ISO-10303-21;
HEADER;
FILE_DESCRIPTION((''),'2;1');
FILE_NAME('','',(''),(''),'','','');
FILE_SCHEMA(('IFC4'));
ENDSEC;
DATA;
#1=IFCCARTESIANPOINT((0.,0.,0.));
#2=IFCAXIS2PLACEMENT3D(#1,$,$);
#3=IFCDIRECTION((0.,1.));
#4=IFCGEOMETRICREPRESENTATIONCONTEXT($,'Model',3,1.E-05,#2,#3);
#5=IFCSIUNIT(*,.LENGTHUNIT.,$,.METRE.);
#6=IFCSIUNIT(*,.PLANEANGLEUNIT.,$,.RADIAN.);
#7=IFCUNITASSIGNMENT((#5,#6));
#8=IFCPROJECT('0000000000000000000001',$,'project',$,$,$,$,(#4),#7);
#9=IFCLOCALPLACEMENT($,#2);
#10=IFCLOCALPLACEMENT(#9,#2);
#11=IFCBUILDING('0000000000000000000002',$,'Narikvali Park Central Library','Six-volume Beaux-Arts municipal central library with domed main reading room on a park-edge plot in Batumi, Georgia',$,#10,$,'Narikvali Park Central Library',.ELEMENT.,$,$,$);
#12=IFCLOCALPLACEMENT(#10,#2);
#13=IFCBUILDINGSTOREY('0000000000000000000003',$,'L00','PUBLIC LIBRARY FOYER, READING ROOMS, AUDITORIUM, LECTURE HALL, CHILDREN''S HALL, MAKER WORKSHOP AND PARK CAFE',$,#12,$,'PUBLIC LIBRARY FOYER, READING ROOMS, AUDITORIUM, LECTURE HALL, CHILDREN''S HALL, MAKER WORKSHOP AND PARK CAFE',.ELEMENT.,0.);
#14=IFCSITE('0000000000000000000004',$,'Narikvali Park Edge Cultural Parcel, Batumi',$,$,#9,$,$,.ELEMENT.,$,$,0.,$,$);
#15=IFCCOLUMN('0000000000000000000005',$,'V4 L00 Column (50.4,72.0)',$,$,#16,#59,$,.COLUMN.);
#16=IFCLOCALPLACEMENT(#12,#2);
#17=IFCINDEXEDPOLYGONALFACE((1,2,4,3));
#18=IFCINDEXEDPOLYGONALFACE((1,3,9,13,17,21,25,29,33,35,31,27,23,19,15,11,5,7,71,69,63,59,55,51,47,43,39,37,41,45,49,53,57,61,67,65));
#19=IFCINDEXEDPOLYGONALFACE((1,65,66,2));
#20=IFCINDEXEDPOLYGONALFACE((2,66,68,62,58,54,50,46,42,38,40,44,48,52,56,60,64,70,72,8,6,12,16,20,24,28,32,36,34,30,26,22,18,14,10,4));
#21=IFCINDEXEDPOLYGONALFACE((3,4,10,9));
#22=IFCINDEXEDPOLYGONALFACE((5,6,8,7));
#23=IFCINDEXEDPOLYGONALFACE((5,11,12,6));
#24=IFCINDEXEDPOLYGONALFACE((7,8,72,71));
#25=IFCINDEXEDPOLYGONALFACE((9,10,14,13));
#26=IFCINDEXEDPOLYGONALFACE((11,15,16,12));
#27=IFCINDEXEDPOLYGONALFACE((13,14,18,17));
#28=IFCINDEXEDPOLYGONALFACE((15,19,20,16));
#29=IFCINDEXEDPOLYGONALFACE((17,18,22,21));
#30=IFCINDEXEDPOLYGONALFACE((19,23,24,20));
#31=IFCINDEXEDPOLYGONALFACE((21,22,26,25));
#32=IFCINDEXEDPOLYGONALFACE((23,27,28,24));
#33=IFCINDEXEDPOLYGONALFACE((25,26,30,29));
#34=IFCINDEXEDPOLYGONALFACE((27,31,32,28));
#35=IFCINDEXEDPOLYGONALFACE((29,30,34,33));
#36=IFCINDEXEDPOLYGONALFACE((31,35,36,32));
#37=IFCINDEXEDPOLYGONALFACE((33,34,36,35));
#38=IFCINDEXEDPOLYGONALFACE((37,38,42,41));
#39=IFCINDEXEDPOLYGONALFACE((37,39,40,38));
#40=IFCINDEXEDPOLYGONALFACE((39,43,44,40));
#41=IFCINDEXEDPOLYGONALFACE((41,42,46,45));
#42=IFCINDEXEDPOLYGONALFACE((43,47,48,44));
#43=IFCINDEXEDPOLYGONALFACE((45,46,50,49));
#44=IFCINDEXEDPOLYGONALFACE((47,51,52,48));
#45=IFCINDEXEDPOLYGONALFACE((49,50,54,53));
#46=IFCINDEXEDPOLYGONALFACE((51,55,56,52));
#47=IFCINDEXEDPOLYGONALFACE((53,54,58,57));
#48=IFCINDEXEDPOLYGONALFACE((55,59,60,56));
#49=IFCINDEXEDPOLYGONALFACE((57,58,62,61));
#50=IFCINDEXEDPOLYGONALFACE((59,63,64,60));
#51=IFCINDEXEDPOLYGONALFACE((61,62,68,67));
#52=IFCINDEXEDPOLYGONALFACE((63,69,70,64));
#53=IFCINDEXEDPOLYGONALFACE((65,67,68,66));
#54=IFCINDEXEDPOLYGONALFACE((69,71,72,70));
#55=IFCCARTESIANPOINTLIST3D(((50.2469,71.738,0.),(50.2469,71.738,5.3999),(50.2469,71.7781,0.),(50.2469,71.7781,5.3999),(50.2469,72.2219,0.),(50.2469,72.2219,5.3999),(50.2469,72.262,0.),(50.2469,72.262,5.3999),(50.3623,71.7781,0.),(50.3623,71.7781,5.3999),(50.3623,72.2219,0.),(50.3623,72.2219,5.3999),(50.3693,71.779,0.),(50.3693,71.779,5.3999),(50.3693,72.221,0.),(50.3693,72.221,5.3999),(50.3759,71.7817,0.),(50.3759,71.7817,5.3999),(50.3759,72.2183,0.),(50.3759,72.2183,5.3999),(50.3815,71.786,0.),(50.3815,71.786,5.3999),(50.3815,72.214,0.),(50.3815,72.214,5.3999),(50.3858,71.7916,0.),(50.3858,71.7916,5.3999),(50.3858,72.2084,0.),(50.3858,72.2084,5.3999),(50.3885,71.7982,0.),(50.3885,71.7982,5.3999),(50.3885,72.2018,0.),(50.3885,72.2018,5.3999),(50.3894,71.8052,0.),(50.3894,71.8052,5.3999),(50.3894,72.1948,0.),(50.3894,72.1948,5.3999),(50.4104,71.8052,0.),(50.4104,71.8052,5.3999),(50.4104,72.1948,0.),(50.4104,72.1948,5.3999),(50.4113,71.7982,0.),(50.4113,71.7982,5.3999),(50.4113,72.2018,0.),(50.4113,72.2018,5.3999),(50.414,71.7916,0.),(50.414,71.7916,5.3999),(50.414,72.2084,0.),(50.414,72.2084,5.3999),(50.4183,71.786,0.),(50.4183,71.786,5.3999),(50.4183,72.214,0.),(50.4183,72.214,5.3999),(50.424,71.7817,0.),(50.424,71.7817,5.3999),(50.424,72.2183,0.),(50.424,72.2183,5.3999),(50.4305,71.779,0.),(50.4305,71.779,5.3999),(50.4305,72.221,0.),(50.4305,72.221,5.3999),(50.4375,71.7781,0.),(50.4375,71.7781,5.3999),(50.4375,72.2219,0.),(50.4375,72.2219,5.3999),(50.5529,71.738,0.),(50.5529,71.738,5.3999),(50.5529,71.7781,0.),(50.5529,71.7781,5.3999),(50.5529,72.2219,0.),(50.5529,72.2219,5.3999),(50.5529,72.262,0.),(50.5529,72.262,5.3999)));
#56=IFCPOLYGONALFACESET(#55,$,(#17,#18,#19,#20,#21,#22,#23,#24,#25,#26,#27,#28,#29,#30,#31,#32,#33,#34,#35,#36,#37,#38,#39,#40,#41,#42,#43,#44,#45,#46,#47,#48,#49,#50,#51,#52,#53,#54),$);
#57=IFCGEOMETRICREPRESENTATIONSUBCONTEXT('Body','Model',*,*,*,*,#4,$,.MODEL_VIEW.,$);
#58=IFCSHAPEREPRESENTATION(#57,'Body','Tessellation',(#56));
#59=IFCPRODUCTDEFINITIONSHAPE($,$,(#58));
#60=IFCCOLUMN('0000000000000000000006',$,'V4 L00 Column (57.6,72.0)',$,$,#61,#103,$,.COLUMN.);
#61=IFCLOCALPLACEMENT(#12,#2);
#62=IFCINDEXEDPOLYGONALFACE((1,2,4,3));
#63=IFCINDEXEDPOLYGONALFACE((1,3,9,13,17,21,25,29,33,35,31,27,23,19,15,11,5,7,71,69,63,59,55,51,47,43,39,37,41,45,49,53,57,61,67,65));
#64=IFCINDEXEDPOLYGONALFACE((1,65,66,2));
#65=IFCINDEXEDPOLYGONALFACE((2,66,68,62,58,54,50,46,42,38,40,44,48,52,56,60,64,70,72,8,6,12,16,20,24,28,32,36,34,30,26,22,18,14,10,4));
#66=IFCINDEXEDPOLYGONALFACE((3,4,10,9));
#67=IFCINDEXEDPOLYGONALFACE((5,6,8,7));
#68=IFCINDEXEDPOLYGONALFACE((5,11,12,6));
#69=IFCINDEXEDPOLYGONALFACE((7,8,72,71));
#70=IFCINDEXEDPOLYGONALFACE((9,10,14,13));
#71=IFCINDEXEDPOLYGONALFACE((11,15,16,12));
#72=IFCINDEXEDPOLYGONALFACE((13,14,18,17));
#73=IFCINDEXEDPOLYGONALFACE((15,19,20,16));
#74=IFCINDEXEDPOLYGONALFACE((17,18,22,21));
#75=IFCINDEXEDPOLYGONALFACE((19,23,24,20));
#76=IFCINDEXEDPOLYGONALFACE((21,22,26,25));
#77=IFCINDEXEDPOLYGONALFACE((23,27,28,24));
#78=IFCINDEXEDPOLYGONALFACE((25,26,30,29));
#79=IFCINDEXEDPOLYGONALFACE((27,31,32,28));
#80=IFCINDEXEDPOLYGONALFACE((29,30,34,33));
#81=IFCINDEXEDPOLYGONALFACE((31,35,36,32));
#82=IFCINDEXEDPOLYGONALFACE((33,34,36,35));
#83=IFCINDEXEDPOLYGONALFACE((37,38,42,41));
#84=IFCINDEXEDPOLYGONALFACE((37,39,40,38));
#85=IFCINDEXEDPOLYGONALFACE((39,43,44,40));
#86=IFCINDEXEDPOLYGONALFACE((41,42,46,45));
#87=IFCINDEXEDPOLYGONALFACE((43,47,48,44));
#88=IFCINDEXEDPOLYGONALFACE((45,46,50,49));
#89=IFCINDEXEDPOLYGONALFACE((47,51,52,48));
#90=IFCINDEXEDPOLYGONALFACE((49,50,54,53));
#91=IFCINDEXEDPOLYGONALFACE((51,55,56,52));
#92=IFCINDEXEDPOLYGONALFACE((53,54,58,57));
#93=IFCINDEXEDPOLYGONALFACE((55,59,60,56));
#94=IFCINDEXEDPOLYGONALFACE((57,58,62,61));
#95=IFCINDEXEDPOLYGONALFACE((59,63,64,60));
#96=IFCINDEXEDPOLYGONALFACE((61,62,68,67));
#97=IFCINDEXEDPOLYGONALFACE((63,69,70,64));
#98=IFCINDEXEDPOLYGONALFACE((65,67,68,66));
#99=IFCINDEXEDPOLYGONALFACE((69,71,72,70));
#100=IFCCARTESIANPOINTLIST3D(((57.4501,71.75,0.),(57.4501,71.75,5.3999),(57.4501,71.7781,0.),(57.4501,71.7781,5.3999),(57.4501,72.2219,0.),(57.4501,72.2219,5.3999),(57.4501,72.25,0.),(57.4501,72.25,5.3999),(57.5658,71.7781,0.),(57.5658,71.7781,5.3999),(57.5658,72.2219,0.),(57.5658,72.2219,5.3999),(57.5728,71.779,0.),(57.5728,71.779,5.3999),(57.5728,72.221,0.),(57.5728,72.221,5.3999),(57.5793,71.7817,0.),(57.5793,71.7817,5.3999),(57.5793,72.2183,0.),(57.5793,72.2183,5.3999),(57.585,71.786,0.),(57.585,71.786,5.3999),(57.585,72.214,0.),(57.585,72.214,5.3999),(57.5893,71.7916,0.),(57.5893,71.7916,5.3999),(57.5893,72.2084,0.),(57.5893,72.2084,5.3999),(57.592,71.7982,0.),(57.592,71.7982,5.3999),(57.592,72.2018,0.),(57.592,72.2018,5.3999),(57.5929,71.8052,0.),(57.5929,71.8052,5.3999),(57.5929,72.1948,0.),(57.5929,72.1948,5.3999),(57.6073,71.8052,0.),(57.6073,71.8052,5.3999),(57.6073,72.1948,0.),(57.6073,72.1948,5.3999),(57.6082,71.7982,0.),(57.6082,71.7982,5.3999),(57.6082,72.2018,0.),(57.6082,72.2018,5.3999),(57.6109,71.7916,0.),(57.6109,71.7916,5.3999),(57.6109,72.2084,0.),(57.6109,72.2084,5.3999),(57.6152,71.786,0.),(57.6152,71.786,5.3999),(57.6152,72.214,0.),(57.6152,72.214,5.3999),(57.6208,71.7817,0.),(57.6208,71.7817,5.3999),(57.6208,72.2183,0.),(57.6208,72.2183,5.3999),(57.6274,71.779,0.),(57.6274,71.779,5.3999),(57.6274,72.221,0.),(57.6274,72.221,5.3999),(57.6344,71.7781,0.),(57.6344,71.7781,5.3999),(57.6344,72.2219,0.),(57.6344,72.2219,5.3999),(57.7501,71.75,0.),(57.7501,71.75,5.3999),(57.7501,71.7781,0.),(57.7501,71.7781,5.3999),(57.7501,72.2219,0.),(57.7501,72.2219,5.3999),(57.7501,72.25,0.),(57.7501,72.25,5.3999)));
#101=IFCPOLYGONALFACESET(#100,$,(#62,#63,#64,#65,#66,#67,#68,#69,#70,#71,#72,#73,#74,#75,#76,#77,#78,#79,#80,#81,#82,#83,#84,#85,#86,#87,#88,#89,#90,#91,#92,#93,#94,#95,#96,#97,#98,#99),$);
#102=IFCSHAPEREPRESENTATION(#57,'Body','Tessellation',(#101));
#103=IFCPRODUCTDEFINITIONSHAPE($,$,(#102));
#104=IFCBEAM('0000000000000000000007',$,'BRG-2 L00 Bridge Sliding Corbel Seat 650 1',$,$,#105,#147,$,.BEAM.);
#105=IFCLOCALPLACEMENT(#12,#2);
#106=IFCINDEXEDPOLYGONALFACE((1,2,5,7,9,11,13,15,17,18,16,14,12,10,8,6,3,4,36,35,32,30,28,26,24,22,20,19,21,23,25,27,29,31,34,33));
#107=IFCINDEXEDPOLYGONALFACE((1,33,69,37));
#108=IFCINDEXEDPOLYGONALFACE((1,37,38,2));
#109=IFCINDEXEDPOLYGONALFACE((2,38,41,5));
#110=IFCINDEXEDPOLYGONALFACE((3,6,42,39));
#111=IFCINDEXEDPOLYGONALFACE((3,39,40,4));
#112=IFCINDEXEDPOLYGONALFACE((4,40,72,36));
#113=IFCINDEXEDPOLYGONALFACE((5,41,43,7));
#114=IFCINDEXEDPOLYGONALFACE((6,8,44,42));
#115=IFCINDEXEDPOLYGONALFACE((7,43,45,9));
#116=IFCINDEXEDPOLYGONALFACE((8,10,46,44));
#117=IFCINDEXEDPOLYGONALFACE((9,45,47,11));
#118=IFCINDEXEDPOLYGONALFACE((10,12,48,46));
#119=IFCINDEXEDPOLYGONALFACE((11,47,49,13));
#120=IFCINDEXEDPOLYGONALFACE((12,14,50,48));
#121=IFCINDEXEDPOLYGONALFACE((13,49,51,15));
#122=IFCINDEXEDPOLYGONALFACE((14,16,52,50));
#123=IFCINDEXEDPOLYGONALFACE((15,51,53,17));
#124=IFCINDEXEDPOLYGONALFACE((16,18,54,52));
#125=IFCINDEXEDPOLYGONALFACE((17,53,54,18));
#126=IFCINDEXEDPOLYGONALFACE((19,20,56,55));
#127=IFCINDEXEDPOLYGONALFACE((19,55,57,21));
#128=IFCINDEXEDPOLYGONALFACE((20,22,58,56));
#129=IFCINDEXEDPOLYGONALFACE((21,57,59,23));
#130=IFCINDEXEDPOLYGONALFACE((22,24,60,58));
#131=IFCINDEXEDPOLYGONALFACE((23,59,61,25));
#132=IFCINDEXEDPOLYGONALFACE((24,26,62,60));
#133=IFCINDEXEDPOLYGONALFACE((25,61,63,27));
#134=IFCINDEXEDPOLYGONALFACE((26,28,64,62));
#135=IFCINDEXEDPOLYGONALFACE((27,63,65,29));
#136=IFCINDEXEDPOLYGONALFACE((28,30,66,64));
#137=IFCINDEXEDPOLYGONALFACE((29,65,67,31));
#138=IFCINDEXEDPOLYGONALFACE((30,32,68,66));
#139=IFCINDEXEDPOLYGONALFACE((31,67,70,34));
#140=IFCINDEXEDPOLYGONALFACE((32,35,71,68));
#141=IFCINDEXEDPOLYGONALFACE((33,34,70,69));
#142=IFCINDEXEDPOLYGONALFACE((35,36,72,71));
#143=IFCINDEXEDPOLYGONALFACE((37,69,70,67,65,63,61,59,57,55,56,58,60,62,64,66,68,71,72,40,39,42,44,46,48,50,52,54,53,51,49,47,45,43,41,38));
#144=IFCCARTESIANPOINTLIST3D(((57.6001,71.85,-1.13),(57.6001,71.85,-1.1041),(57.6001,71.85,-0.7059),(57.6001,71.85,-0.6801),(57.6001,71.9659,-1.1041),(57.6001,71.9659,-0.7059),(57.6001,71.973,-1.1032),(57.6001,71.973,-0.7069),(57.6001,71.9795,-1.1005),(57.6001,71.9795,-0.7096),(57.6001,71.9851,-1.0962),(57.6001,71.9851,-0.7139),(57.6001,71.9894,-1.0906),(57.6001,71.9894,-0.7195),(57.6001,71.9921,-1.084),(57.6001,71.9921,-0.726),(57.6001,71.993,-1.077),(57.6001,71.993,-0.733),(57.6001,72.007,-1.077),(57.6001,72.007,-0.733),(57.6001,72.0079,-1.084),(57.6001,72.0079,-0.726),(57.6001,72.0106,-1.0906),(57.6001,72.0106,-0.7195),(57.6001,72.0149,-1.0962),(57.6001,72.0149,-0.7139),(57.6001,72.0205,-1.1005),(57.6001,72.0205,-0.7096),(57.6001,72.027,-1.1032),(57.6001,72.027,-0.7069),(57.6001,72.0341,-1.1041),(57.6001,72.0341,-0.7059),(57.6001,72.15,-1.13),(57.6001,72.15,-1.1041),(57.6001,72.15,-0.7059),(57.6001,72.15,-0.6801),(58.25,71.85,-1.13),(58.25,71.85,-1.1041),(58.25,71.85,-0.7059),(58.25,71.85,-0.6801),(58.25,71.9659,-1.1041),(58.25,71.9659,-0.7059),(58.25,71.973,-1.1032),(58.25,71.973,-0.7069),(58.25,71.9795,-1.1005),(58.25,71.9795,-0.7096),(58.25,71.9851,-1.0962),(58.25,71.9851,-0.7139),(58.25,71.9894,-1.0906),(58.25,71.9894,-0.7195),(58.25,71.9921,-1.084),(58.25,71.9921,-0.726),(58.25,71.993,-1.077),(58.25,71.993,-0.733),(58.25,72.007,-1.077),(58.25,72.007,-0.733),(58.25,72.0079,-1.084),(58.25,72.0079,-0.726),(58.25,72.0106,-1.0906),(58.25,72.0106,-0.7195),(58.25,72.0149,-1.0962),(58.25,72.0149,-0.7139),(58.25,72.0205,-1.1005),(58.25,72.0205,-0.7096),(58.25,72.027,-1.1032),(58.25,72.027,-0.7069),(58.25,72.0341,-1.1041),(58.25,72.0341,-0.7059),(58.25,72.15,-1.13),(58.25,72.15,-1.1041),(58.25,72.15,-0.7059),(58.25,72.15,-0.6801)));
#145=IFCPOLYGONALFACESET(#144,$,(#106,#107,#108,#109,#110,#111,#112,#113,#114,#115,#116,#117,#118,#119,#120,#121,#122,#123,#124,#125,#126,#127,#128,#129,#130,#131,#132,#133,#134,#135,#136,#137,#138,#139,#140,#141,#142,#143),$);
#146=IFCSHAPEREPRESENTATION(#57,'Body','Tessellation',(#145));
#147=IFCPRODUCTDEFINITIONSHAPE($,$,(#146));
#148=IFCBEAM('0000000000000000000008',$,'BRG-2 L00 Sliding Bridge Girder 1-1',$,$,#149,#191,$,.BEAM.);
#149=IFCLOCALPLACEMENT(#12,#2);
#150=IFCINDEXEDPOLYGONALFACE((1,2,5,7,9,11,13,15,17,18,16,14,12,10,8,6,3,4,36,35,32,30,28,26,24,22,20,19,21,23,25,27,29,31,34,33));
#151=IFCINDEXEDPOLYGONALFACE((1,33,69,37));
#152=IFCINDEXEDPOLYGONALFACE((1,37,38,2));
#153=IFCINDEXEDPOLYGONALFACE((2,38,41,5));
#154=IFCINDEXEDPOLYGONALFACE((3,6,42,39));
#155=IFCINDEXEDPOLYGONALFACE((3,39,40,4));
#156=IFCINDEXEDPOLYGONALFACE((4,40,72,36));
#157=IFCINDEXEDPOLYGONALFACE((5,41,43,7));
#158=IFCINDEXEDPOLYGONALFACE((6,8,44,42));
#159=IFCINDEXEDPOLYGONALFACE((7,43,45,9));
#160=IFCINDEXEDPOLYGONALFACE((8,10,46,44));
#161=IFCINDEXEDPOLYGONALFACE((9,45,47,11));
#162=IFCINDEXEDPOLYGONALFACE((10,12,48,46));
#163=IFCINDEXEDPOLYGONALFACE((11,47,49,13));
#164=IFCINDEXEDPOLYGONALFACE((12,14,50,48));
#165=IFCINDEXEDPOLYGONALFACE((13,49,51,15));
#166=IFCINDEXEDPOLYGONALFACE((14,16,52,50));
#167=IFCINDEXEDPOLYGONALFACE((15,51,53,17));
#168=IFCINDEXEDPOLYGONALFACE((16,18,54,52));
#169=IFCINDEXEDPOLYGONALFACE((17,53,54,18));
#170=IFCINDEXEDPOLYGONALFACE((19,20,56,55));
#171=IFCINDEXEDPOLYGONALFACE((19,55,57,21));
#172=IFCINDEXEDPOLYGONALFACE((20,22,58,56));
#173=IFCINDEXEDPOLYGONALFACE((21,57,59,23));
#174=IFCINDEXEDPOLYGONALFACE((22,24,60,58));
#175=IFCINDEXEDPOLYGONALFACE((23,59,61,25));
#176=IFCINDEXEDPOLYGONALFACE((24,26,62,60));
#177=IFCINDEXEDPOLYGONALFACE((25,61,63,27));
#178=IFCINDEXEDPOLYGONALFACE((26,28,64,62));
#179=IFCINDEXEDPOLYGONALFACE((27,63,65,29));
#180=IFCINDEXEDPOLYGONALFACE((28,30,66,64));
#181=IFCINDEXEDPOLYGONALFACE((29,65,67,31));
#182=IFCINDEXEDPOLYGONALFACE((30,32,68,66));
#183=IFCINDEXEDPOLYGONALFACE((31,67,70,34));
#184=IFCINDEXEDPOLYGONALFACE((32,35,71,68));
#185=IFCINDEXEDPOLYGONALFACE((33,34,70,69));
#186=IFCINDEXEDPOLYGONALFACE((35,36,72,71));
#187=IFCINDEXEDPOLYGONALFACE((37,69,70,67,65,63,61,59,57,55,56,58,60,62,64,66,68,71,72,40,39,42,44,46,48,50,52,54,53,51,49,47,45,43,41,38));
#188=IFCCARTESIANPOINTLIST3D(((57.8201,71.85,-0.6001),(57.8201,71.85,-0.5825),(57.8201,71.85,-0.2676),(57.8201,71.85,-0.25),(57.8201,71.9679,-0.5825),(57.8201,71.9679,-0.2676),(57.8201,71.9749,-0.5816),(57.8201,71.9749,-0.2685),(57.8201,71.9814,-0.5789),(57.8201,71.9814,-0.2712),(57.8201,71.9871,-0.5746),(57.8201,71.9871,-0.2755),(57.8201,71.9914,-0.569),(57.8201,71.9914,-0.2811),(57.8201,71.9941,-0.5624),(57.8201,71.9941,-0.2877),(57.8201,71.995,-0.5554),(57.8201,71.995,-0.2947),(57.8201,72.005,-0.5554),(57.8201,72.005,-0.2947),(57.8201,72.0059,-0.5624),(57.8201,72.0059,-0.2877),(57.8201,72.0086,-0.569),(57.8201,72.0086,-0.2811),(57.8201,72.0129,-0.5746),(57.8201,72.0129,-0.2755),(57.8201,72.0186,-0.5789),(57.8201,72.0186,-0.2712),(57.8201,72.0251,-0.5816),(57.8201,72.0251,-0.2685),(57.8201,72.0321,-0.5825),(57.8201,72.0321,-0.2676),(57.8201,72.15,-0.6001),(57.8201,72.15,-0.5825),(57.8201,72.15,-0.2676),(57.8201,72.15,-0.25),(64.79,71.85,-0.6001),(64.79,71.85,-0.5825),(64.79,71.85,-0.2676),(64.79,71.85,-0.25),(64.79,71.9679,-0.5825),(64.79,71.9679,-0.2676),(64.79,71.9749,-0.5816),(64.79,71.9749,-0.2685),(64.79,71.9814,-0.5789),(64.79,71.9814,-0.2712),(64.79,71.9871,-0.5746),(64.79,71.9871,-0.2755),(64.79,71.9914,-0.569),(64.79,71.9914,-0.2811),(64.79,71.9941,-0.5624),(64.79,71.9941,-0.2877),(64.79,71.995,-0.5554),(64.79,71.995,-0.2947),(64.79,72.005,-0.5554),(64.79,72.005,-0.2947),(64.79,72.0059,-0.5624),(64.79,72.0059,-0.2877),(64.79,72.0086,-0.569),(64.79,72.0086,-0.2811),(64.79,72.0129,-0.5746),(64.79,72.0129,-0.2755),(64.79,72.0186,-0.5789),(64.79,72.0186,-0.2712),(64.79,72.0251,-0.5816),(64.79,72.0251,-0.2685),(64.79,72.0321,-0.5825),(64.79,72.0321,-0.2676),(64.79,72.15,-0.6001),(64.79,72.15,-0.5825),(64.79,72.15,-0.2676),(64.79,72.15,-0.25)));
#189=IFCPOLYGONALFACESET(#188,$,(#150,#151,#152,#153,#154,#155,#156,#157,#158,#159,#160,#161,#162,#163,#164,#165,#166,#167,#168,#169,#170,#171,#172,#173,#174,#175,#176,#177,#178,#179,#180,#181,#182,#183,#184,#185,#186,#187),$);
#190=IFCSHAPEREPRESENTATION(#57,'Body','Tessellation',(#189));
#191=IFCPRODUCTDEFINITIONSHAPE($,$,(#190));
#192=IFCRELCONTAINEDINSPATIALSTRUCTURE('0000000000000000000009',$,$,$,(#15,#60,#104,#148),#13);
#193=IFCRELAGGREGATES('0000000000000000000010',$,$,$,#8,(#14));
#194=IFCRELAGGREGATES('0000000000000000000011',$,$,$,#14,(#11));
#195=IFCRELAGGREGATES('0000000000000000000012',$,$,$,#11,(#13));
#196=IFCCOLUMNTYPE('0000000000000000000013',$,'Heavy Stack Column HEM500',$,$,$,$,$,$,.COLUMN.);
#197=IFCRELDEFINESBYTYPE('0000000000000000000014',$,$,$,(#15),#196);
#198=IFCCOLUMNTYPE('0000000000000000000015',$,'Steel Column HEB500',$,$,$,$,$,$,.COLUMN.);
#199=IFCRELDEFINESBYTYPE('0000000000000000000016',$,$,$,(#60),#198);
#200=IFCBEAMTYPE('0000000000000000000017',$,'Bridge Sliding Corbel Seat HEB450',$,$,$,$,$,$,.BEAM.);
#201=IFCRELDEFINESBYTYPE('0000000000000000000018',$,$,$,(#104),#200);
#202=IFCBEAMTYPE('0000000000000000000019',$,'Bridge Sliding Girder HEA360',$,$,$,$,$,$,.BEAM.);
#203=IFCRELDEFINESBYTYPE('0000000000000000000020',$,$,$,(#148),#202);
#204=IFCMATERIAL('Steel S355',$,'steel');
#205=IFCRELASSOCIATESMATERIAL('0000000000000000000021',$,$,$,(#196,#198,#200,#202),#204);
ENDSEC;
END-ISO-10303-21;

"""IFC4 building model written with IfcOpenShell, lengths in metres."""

from ifc_helpers import new_model, si_unit, direction, frame, origin, origin_2d, place, context, subcontext, project, spatial, i_section, extrude, material, material_profile, profile_set, type_object, element, save


model = new_model("IFC4")

# Units and contexts
model_context = context("Model", 3, precision=1e-05, world=origin(), true_north=direction((0.0, 1.0)))
body_context = subcontext(model_context, "Body", "Model", "MODEL_VIEW")
ifc_project = project(units=[si_unit("LENGTHUNIT", "METRE"), si_unit("PLANEANGLEUNIT", "RADIAN")], contexts=[model_context])

# Site, building, storey
site_placement = place(None, origin())
site = spatial("IfcSite", under=ifc_project, at=site_placement, Name="Narikvali Park Edge Cultural Parcel, Batumi", CompositionType="ELEMENT", RefElevation=0.0)
building_placement = place(site_placement, origin())
building = spatial("IfcBuilding", under=site, at=building_placement, Name="Narikvali Park Central Library", Description="Six-volume Beaux-Arts municipal central library with domed main reading room on a park-edge plot in Batumi, Georgia", LongName="Narikvali Park Central Library", CompositionType="ELEMENT")
storey_placement = place(building_placement, origin())
storey = spatial("IfcBuildingStorey", under=building, at=storey_placement, Name="L00", Description="PUBLIC LIBRARY FOYER, READING ROOMS, AUDITORIUM, LECTURE HALL, CHILDREN'S HALL, MAKER WORKSHOP AND PARK CAFE", LongName="PUBLIC LIBRARY FOYER, READING ROOMS, AUDITORIUM, LECTURE HALL, CHILDREN'S HALL, MAKER WORKSHOP AND PARK CAFE", CompositionType="ELEMENT", Elevation=0.0)

# Columns
ifc_material_1 = material(Name="Steel S355", Category="steel")
ifc_material_profile_1 = material_profile(ifc_material_1, i_section(OverallWidth=0.3059, OverallDepth=0.5239, WebThickness=0.021, FlangeThickness=0.04, FilletRadius=0.0271, at=origin_2d()), Name="HEM 500")
ifc_profile_set_1 = profile_set([ifc_material_profile_1], Name="Steel S355")
column_type_1 = type_object("IfcColumnType", Name="Heavy Stack Column HEM500", PredefinedType="COLUMN", material=ifc_profile_set_1)
column_1_placement = place(storey_placement, frame((50.3999, 72.0, 0.0), z_axis=(0.0, 0.0, 1.0), x_axis=(1.0, 0.0, 0.0)))
element("IfcColumn", 1, at=column_1_placement, inside=storey, type_object=column_type_1, Name="V4 L00 Column (50.4,72.0)", PredefinedType="COLUMN", context=body_context, shape_type="SweptSolid", body=[
    extrude(i_section(OverallWidth=0.3059, OverallDepth=0.5239, WebThickness=0.021, FlangeThickness=0.04, FilletRadius=0.0271, at=origin_2d()), origin(), (0.0, 0.0, 1.0), 5.3999),
])
ifc_material_profile_2 = material_profile(ifc_material_1, i_section(OverallWidth=0.3, OverallDepth=0.5, WebThickness=0.0144, FlangeThickness=0.0281, FilletRadius=0.0271, at=origin_2d()), Name="HEB 500")
ifc_profile_set_2 = profile_set([ifc_material_profile_2], Name="Steel S355")
column_type_2 = type_object("IfcColumnType", Name="Steel Column HEB500", PredefinedType="COLUMN", material=ifc_profile_set_2)
column_2_placement = place(storey_placement, frame((57.6001, 72.0, 0.0), z_axis=(0.0, 0.0, 1.0), x_axis=(1.0, 0.0, 0.0)))
element("IfcColumn", 2, at=column_2_placement, inside=storey, type_object=column_type_2, Name="V4 L00 Column (57.6,72.0)", PredefinedType="COLUMN", context=body_context, shape_type="SweptSolid", body=[
    extrude(i_section(OverallWidth=0.3, OverallDepth=0.5, WebThickness=0.0144, FlangeThickness=0.0281, FilletRadius=0.0271, at=origin_2d()), origin(), (0.0, 0.0, 1.0), 5.3999),
])

# Beams
ifc_material_profile_3 = material_profile(ifc_material_1, i_section(OverallWidth=0.3, OverallDepth=0.45, WebThickness=0.0139, FlangeThickness=0.0259, FilletRadius=0.0271, at=origin_2d()), Name="HEB 450")
ifc_profile_set_3 = profile_set([ifc_material_profile_3], Name="Steel S355")
beam_type_1 = type_object("IfcBeamType", Name="Bridge Sliding Corbel Seat HEB450", PredefinedType="BEAM", material=ifc_profile_set_3)
beam_1_placement = place(storey_placement, frame((57.6001, 72.0, -0.905), z_axis=(1.0, 0.0, 0.0), x_axis=(0.0, 1.0, 0.0)))
element("IfcBeam", 3, at=beam_1_placement, inside=storey, type_object=beam_type_1, Name="BRG-2 L00 Bridge Sliding Corbel Seat 650 1", PredefinedType="BEAM", context=body_context, shape_type="SweptSolid", body=[
    extrude(i_section(OverallWidth=0.3, OverallDepth=0.45, WebThickness=0.0139, FlangeThickness=0.0259, FilletRadius=0.0271, at=origin_2d()), origin(), (0.0, 0.0, 1.0), 0.6499),
])
ifc_material_profile_4 = material_profile(ifc_material_1, i_section(OverallWidth=0.3, OverallDepth=0.3501, WebThickness=0.01, FlangeThickness=0.0176, FilletRadius=0.0271, at=origin_2d()), Name="HEA 360")
ifc_profile_set_4 = profile_set([ifc_material_profile_4], Name="Steel S355")
beam_type_2 = type_object("IfcBeamType", Name="Bridge Sliding Girder HEA360", PredefinedType="BEAM", material=ifc_profile_set_4)
beam_2_placement = place(storey_placement, frame((57.8201, 72.0, -0.425), z_axis=(1.0, 0.0, 0.0), x_axis=(0.0, 1.0, 0.0)))
element("IfcBeam", 4, at=beam_2_placement, inside=storey, type_object=beam_type_2, Name="BRG-2 L00 Sliding Bridge Girder 1-1", PredefinedType="BEAM", context=body_context, shape_type="SweptSolid", body=[
    extrude(i_section(OverallWidth=0.3, OverallDepth=0.3501, WebThickness=0.01, FlangeThickness=0.0176, FilletRadius=0.0271, at=origin_2d()), origin(), (0.0, 0.0, 1.0), 6.97),
])

save(model, "model.ifc")
